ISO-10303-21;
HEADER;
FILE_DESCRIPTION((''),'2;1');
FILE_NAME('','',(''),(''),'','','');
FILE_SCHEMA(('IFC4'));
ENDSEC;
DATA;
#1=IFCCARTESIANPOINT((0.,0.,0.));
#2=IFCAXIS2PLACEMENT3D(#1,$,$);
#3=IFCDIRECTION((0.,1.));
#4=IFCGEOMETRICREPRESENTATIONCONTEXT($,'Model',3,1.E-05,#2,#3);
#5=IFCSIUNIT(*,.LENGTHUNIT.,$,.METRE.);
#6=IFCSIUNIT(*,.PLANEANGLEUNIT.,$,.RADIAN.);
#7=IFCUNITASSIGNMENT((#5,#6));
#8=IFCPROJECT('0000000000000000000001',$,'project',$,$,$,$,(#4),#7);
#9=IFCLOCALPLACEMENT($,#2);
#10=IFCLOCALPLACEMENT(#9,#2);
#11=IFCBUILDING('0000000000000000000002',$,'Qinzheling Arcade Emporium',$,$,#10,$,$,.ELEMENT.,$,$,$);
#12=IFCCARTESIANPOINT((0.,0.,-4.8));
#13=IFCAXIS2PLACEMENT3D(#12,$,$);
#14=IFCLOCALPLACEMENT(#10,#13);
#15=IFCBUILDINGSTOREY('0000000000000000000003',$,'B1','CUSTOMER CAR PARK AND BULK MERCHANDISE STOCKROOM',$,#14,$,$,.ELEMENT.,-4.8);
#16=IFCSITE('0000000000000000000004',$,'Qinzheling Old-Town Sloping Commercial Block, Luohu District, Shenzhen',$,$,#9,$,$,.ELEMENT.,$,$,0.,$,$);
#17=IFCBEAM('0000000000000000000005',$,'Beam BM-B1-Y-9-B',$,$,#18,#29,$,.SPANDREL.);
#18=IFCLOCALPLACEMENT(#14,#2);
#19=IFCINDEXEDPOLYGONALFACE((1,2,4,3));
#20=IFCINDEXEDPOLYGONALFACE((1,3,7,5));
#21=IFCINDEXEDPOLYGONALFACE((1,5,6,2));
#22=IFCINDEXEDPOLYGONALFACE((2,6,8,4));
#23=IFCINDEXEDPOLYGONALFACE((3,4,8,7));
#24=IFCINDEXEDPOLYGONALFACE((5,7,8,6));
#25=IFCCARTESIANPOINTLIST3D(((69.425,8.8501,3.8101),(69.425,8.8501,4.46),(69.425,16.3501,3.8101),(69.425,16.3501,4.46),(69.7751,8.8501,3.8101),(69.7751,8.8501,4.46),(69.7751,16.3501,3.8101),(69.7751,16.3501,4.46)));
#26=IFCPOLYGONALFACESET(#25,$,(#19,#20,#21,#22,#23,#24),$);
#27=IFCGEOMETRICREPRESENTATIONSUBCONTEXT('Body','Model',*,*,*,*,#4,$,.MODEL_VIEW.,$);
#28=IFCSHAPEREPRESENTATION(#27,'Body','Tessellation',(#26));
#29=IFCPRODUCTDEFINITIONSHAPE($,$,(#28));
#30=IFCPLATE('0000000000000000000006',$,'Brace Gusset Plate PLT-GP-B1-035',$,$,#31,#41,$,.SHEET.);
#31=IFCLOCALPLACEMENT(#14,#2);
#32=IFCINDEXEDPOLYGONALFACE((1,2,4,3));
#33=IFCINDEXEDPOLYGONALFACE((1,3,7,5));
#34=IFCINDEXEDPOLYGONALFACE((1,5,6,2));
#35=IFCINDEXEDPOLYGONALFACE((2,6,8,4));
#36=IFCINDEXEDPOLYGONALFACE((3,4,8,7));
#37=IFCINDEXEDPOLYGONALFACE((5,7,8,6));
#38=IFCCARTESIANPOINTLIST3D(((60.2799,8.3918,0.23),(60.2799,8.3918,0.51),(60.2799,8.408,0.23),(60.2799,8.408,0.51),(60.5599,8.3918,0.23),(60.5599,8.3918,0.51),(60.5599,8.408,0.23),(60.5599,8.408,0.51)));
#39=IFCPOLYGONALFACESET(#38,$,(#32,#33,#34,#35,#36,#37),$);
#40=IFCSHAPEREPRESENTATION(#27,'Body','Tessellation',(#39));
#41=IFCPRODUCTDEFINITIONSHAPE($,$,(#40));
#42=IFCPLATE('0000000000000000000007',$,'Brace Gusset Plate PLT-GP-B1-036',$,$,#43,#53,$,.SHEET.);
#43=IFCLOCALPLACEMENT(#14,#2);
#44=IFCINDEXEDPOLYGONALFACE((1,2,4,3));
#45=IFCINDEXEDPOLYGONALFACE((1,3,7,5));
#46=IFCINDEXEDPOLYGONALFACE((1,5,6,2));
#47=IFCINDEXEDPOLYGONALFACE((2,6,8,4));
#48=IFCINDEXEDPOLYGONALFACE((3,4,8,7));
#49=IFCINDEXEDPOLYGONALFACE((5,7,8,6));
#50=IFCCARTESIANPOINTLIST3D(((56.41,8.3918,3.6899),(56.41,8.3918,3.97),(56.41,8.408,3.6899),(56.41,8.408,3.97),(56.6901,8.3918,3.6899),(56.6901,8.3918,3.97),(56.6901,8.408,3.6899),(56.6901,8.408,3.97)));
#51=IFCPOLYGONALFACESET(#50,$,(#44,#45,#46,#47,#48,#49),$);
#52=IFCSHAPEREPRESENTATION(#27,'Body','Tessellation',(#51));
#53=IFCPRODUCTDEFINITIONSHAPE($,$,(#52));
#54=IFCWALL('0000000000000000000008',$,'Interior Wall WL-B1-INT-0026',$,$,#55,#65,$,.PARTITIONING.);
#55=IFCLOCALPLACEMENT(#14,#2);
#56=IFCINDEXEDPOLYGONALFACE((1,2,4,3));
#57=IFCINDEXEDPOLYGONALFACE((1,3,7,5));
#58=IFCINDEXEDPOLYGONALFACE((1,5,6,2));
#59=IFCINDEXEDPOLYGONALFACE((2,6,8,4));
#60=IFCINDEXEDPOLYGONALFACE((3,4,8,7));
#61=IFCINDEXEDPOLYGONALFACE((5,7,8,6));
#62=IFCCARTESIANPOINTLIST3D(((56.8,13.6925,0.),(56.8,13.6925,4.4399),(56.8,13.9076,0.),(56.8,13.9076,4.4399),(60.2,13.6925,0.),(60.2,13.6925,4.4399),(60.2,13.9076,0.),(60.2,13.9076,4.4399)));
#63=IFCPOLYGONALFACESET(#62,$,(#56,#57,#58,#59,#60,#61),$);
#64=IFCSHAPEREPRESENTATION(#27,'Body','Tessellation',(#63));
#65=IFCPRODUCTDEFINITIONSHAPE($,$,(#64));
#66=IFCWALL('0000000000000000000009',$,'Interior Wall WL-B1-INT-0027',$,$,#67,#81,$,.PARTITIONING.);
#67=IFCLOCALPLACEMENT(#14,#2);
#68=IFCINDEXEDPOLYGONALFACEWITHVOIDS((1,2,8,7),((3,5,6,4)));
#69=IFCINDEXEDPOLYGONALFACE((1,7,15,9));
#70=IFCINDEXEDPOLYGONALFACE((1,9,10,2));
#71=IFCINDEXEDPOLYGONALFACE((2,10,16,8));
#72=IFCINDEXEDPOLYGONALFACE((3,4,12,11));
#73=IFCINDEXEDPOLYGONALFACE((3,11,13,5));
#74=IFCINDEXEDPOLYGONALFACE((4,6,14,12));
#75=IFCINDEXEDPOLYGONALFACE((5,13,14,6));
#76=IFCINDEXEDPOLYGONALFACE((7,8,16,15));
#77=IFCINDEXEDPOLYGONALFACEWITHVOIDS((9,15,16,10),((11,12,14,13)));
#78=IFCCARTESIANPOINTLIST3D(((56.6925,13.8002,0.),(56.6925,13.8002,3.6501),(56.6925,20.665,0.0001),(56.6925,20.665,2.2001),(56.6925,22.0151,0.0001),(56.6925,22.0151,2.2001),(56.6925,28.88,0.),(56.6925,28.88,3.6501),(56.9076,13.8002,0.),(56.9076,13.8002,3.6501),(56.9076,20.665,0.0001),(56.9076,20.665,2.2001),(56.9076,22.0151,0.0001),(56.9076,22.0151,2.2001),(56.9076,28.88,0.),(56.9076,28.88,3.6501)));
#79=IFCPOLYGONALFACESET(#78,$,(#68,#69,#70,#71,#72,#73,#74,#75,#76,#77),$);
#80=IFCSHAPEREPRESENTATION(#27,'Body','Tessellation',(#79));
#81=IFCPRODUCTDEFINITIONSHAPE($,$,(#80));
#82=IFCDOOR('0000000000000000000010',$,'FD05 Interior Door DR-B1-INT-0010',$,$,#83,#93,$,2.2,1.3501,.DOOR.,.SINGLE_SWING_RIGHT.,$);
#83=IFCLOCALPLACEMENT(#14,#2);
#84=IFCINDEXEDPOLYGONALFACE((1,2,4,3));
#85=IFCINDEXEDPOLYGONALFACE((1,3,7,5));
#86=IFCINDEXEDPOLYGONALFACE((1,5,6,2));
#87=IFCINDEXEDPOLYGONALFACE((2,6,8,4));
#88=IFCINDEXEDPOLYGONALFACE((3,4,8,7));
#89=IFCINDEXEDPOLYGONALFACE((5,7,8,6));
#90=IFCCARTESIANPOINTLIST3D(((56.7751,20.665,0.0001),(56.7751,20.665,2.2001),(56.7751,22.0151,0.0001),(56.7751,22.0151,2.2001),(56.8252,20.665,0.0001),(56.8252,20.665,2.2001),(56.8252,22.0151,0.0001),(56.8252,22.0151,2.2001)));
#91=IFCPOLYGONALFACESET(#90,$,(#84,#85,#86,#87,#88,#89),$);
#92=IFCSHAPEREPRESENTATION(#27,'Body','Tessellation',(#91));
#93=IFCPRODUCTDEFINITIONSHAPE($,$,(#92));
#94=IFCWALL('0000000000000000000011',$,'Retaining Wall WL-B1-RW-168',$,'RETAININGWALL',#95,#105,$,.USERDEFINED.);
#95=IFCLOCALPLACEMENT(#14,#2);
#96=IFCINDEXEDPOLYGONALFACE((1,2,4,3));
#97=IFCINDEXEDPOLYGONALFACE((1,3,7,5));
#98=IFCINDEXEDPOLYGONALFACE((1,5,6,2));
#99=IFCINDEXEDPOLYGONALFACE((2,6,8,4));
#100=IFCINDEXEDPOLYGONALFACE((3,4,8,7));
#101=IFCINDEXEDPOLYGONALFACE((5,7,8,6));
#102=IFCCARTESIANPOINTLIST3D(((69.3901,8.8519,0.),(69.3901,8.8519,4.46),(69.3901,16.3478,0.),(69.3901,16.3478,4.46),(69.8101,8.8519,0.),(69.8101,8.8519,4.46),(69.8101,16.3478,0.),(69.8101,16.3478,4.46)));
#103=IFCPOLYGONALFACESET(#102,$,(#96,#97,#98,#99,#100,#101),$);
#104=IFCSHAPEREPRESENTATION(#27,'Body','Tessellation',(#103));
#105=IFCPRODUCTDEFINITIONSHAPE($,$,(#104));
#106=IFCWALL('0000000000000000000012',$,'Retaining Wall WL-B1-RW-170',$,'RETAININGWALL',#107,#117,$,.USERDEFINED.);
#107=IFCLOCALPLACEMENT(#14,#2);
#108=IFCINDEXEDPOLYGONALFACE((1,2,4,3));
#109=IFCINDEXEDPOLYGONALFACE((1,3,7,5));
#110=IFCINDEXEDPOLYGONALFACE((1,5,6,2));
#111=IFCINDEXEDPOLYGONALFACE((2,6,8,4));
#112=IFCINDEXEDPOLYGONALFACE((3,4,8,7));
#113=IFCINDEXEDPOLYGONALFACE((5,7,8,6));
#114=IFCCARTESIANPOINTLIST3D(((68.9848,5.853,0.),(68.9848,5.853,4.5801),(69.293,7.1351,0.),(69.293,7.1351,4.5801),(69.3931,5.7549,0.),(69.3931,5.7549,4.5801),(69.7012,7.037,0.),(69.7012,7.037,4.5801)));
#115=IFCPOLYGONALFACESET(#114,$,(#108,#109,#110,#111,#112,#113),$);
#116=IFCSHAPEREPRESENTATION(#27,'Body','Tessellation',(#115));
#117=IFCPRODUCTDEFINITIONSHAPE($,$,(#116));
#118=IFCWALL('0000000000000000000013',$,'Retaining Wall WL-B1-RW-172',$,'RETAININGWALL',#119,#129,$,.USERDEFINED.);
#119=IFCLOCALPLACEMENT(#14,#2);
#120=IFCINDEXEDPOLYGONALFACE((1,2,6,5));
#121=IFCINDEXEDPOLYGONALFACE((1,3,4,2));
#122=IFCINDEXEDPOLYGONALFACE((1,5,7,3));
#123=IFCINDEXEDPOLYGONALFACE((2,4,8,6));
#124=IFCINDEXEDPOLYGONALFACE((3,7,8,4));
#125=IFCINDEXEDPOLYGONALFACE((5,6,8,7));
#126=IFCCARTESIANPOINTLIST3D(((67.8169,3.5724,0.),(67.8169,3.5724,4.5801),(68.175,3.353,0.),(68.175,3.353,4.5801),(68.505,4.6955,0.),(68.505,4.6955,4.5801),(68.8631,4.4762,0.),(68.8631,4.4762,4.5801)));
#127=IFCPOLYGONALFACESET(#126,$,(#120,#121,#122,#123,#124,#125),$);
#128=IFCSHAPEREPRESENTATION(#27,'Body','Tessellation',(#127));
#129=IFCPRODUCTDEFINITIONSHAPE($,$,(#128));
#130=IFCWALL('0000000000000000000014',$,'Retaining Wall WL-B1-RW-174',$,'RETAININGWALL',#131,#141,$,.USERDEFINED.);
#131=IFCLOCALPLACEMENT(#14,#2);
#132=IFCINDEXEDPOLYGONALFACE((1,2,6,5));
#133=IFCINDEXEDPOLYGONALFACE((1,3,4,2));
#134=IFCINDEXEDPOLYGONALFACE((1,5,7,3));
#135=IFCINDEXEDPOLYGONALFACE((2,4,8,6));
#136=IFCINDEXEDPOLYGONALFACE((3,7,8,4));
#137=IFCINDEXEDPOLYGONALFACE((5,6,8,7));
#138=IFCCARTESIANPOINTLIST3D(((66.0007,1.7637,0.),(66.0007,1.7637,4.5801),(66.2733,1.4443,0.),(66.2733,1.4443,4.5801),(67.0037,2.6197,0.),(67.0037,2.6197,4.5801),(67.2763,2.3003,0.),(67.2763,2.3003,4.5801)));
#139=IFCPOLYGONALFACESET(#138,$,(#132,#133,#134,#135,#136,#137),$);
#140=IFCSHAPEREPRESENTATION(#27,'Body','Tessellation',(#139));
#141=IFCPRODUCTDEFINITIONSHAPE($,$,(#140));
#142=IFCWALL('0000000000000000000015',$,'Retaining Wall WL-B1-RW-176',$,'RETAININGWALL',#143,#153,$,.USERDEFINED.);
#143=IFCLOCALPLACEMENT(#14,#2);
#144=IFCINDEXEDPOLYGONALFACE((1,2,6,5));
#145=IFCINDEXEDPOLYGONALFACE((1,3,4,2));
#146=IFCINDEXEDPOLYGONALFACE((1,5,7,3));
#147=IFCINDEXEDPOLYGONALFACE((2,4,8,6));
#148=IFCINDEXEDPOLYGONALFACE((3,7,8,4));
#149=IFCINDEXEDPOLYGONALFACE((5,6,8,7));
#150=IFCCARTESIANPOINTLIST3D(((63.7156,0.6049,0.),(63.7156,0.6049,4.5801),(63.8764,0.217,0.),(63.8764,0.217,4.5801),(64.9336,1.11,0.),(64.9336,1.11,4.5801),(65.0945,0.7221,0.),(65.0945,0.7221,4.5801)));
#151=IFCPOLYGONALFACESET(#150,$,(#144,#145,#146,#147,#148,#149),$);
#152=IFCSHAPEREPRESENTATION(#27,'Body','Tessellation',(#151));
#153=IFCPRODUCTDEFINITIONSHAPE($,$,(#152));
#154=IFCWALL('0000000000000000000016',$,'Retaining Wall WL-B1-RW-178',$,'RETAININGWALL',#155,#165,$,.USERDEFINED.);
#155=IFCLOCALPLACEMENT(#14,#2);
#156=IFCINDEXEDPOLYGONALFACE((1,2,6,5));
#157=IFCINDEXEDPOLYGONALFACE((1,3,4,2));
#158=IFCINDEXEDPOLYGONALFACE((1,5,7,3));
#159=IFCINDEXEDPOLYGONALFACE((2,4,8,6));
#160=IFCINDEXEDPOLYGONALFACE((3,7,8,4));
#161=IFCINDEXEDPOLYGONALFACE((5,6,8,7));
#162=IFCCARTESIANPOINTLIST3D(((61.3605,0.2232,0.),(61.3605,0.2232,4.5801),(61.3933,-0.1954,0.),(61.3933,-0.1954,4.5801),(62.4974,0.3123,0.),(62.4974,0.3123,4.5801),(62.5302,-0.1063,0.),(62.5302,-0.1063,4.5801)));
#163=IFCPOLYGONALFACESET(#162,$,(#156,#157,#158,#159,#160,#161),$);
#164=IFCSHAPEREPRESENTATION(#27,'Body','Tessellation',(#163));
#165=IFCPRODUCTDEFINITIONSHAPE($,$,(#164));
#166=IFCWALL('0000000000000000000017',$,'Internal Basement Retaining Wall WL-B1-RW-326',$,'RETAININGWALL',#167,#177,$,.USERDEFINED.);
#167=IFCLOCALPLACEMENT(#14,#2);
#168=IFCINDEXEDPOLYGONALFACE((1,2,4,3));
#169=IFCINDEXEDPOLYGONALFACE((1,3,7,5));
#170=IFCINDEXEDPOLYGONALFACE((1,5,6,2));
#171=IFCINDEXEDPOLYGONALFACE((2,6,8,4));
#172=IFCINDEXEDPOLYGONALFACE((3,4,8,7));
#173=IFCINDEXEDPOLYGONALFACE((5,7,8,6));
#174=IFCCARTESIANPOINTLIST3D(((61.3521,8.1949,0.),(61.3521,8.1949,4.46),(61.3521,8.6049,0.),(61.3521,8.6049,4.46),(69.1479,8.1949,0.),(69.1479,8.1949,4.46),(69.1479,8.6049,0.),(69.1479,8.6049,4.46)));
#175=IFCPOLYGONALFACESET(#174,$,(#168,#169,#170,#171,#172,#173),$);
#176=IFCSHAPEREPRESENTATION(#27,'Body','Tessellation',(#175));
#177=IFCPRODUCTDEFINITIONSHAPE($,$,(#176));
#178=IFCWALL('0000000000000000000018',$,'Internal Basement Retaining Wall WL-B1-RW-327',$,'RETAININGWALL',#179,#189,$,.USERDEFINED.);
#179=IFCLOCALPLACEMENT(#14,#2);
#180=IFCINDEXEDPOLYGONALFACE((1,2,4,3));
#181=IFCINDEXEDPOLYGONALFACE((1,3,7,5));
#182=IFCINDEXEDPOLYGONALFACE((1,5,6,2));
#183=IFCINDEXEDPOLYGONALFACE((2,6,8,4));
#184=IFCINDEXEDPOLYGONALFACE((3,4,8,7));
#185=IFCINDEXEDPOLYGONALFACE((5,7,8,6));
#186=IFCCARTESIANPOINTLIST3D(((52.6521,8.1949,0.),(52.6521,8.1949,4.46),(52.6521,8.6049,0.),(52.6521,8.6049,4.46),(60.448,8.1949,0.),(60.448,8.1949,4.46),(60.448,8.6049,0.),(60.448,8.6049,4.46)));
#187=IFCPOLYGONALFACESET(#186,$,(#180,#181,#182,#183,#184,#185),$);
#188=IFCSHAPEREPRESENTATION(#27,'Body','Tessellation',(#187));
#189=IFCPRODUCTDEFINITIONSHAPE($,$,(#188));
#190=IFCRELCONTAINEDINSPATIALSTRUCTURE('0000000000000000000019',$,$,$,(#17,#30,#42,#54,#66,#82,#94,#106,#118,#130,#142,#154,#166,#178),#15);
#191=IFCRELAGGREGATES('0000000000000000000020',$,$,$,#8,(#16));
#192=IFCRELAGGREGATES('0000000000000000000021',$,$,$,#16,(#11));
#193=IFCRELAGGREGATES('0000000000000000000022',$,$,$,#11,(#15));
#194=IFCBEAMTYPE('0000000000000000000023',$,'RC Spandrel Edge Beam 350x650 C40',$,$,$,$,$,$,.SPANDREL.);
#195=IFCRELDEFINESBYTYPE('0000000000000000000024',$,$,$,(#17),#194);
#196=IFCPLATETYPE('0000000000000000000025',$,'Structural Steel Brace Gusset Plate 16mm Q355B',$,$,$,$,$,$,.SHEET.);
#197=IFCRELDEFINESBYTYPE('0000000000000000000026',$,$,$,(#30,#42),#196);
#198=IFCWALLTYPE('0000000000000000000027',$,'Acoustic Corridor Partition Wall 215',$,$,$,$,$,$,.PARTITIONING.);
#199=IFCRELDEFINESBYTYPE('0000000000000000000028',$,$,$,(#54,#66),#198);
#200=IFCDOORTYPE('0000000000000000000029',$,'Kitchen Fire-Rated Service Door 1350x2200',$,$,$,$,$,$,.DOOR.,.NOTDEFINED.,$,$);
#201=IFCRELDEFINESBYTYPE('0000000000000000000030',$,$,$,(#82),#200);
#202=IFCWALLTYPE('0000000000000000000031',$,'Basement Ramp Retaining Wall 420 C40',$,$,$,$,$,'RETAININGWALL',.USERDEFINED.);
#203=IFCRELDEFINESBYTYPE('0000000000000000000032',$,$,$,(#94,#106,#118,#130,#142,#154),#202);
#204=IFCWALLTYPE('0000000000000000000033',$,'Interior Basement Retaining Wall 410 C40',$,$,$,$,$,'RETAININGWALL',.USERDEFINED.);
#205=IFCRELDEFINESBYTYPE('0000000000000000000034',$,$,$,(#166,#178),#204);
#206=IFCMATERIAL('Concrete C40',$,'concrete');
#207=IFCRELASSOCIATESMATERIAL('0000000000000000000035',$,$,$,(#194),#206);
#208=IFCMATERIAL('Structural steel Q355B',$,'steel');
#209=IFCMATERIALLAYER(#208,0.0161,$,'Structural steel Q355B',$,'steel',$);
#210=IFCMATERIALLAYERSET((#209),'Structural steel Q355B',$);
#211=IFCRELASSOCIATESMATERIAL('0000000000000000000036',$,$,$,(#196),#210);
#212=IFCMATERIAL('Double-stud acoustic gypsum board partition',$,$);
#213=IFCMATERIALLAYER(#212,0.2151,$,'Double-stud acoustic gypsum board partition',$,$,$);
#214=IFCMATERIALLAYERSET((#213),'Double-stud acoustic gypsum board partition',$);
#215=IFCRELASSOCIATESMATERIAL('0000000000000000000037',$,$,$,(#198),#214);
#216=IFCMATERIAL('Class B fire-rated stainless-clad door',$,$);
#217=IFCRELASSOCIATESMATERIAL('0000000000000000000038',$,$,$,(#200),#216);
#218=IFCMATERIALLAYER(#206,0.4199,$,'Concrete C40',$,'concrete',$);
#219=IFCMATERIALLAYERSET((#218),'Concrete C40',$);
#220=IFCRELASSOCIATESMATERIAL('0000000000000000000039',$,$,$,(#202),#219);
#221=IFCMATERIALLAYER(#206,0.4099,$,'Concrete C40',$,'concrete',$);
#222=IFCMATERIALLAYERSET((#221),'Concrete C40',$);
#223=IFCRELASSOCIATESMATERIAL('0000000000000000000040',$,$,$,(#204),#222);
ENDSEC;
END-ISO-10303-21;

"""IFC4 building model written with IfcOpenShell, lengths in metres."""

from ifc_helpers import new_model, si_unit, direction, frame, frame_2d, origin, origin_2d, place, context, subcontext, project, spatial, rectangle, extrude, material, layer, layer_set, material_profile, profile_set, type_object, element, fill, save


model = new_model("IFC4")

# Units and contexts
model_context = context("Model", 3, precision=1e-05, world=origin(), true_north=direction((0.0, 1.0)))
body_context = subcontext(model_context, "Body", "Model", "MODEL_VIEW")
ifc_project = project(units=[si_unit("LENGTHUNIT", "METRE"), si_unit("PLANEANGLEUNIT", "RADIAN")], contexts=[model_context])

# Site, building, storey
site_placement = place(None, origin())
site = spatial("IfcSite", under=ifc_project, at=site_placement, Name="Qinzheling Old-Town Sloping Commercial Block, Luohu District, Shenzhen", CompositionType="ELEMENT", RefElevation=0.0)
building_placement = place(site_placement, origin())
building = spatial("IfcBuilding", under=site, at=building_placement, Name="Qinzheling Arcade Emporium", CompositionType="ELEMENT")
storey_placement = place(building_placement, frame((0.0, 0.0, -4.8)))
storey = spatial("IfcBuildingStorey", under=building, at=storey_placement, Name="B1", Description="CUSTOMER CAR PARK AND BULK MERCHANDISE STOCKROOM", CompositionType="ELEMENT", Elevation=-4.8)

# Shared definitions
ifc_material_1 = material(Name="Structural steel Q355B", Category="steel")

# Beam
ifc_material_2 = material(Name="Concrete C40", Category="concrete")
ifc_material_profile_1 = material_profile(ifc_material_2, rectangle(XDim=0.3501, YDim=0.6499, at=origin_2d()), Name="RC 350x650", Category="concrete")
ifc_profile_set_1 = profile_set([ifc_material_profile_1], Name="Concrete C40")
beam_type_1 = type_object("IfcBeamType", Name="RC Spandrel Edge Beam 350x650 C40", PredefinedType="SPANDREL", material=ifc_profile_set_1)
beam_1_placement = place(storey_placement, frame((69.6001, 8.8501, 4.135), z_axis=(0.0, 1.0, 0.0), x_axis=(-1.0, 0.0, 0.0)))
element("IfcBeam", 1, at=beam_1_placement, inside=storey, type_object=beam_type_1, Name="Beam BM-B1-Y-9-B", PredefinedType="SPANDREL", context=body_context, shape_type="SweptSolid", body=[
    extrude(rectangle(XDim=0.3501, YDim=0.6499, at=origin_2d()), origin(), (0.0, 0.0, 1.0), 7.5),
])

# Plates
ifc_layer_1 = layer(ifc_material_1, 0.0161, Name="Structural steel Q355B", Category="steel")
ifc_layer_set_1 = layer_set([ifc_layer_1], Name="Structural steel Q355B")
plate_type = type_object("IfcPlateType", Name="Structural Steel Brace Gusset Plate 16mm Q355B", PredefinedType="SHEET", material=ifc_layer_set_1)
for number, where, z_axis, x_axis, name in (
    (2, (60.4199, 8.3999, 0.23), (0.0, 0.0, 1.0), (1.0, 0.0, 0.0), "Brace Gusset Plate PLT-GP-B1-035"),
    (3, (56.55, 8.3999, 3.6899), (0.0, 0.0, 1.0), (1.0, 0.0, 0.0), "Brace Gusset Plate PLT-GP-B1-036"),
):
    element("IfcPlate", number, at=place(storey_placement, frame(where, z_axis=z_axis, x_axis=x_axis)), inside=storey, type_object=plate_type, Name=name, PredefinedType="SHEET", context=body_context, shape_type="SweptSolid", body=[
        extrude(rectangle(XDim=0.28, YDim=0.0161, at=origin_2d()), origin(), (0.0, 0.0, 1.0), 0.28),
    ])

# Wall
ifc_material_3 = material(Name="Double-stud acoustic gypsum board partition")
ifc_layer_2 = layer(ifc_material_3, 0.2151, Name="Double-stud acoustic gypsum board partition")
ifc_layer_set_2 = layer_set([ifc_layer_2], Name="Double-stud acoustic gypsum board partition")
wall_type_1 = type_object("IfcWallType", Name="Acoustic Corridor Partition Wall 215", PredefinedType="PARTITIONING", material=ifc_layer_set_2)
wall_1_placement = place(storey_placement, frame((60.2, 13.8, 0.0), z_axis=(0.0, 0.0, 1.0), x_axis=(-1.0, 0.0, 0.0)))
element("IfcWall", 4, at=wall_1_placement, inside=storey, type_object=wall_type_1, Name="Interior Wall WL-B1-INT-0026", PredefinedType="PARTITIONING", context=body_context, shape_type="SweptSolid", body=[
    extrude(rectangle(XDim=3.3999, YDim=0.2151, at=frame_2d((1.7, 0.0))), origin(), (0.0, 0.0, 1.0), 4.4399),
])

# Wall, opening, door
wall_2_placement = place(storey_placement, frame((56.8, 13.8, 0.0), z_axis=(0.0, 0.0, 1.0), x_axis=(0.0, 1.0, 0.0)))
wall_2 = element("IfcWall", 5, at=wall_2_placement, inside=storey, type_object=wall_type_1, Name="Interior Wall WL-B1-INT-0027", PredefinedType="PARTITIONING", context=body_context, shape_type="SweptSolid", body=[
    extrude(rectangle(XDim=15.0798, YDim=0.2151, at=frame_2d((7.54, 0.0))), origin(), (0.0, 0.0, 1.0), 3.6501),
])
opening_placement = place(wall_2_placement, frame((6.865, 0.0, 0.0)))
opening = element("IfcOpeningElement", 6, at=opening_placement, cuts=wall_2, PredefinedType="OPENING", context=body_context, shape_type="SweptSolid", body=[
    extrude(rectangle(XDim=1.3501, YDim=2.2, at=frame_2d((0.675, 1.1001))), frame((0.0, 0.1177, 0.0), z_axis=(0.0, -1.0, 0.0), x_axis=(1.0, 0.0, 0.0)), (0.0, 0.0, 1.0), 0.2351),
])
ifc_material_4 = material(Name="Class B fire-rated stainless-clad door")
door_type = type_object("IfcDoorType", Name="Kitchen Fire-Rated Service Door 1350x2200", OperationType="NOTDEFINED", PredefinedType="DOOR", material=ifc_material_4)
door_placement = place(opening_placement, origin())
door = element("IfcDoor", 7, at=door_placement, inside=storey, type_object=door_type, Name="FD05 Interior Door DR-B1-INT-0010", OperationType="SINGLE_SWING_RIGHT", OverallHeight=2.2, OverallWidth=1.3501, PredefinedType="DOOR", context=body_context, shape_type="SweptSolid", body=[
    extrude(rectangle(XDim=1.3501, YDim=2.2, at=frame_2d((0.675, 1.1001))), frame((0.0, 0.0249, 0.0), z_axis=(0.0, -1.0, 0.0), x_axis=(1.0, 0.0, 0.0)), (0.0, 0.0, 1.0), 0.05),
])
fill(opening, door)

# Walls
ifc_layer_3 = layer(ifc_material_2, 0.4199, Name="Concrete C40", Category="concrete")
ifc_layer_set_3 = layer_set([ifc_layer_3], Name="Concrete C40")
wall_type_2 = type_object("IfcWallType", Name="Basement Ramp Retaining Wall 420 C40", ElementType="RETAININGWALL", PredefinedType="USERDEFINED", material=ifc_layer_set_3)
wall_3_placement = place(storey_placement, frame((69.6001, 16.3479, 0.0), z_axis=(0.0, 0.0, 1.0), x_axis=(0.0, -1.0, 0.0)))
element("IfcWall", 8, at=wall_3_placement, inside=storey, type_object=wall_type_2, Name="Retaining Wall WL-B1-RW-168", ObjectType="RETAININGWALL", PredefinedType="USERDEFINED", context=body_context, shape_type="SweptSolid", body=[
    extrude(rectangle(XDim=7.4958, YDim=0.4199, at=frame_2d((3.748, 0.0))), origin(), (0.0, 0.0, 1.0), 4.46),
])
wall_4_placement = place(storey_placement, frame((69.4971, 7.0859, 0.0), z_axis=(0.0, 0.0, 1.0), x_axis=(-0.233681, -0.972313, 0.0)))
element("IfcWall", 9, at=wall_4_placement, inside=storey, type_object=wall_type_2, Name="Retaining Wall WL-B1-RW-170", ObjectType="RETAININGWALL", PredefinedType="USERDEFINED", context=body_context, shape_type="SweptSolid", body=[
    extrude(rectangle(XDim=1.3186, YDim=0.4199, at=frame_2d((0.6592, 0.0))), origin(), (0.0, 0.0, 1.0), 4.5801),
])
wall_5_placement = place(storey_placement, frame((68.6841, 4.5859, 0.0), z_axis=(0.0, 0.0, 1.0), x_axis=(-0.522379, -0.852713, 0.0)))
element("IfcWall", 10, at=wall_5_placement, inside=storey, type_object=wall_type_2, Name="Retaining Wall WL-B1-RW-172", ObjectType="RETAININGWALL", PredefinedType="USERDEFINED", context=body_context, shape_type="SweptSolid", body=[
    extrude(rectangle(XDim=1.3171, YDim=0.4199, at=frame_2d((0.6587, 0.0))), origin(), (0.0, 0.0, 1.0), 4.5801),
])
for number, where, z_axis, x_axis, name in (
    (11, (67.1399, 2.46, 0.0), (0.0, 0.0, 1.0), (-0.76064, -0.649174, 0.0), "Retaining Wall WL-B1-RW-174"),
    (12, (65.0139, 0.916, 0.0), (0.0, 0.0, 1.0), (-0.923717, -0.383077, 0.0), "Retaining Wall WL-B1-RW-176"),
):
    element("IfcWall", number, at=place(storey_placement, frame(where, z_axis=z_axis, x_axis=x_axis)), inside=storey, type_object=wall_type_2, Name=name, ObjectType="RETAININGWALL", PredefinedType="USERDEFINED", context=body_context, shape_type="SweptSolid", body=[
        extrude(rectangle(XDim=1.3186, YDim=0.4199, at=frame_2d((0.6592, 0.0))), origin(), (0.0, 0.0, 1.0), 4.5801),
    ])
wall_6_placement = place(storey_placement, frame((62.5139, 0.103, 0.0), z_axis=(0.0, 0.0, 1.0), x_axis=(-0.996943, -0.078137, 0.0)))
element("IfcWall", 13, at=wall_6_placement, inside=storey, type_object=wall_type_2, Name="Retaining Wall WL-B1-RW-178", ObjectType="RETAININGWALL", PredefinedType="USERDEFINED", context=body_context, shape_type="SweptSolid", body=[
    extrude(rectangle(XDim=1.1404, YDim=0.4199, at=frame_2d((0.5703, 0.0))), origin(), (0.0, 0.0, 1.0), 4.5801),
])
ifc_layer_4 = layer(ifc_material_2, 0.4099, Name="Concrete C40", Category="concrete")
ifc_layer_set_4 = layer_set([ifc_layer_4], Name="Concrete C40")
wall_type_3 = type_object("IfcWallType", Name="Interior Basement Retaining Wall 410 C40", ElementType="RETAININGWALL", PredefinedType="USERDEFINED", material=ifc_layer_set_4)
for number, where, z_axis, x_axis, name in (
    (14, (69.1479, 8.3999, 0.0), (0.0, 0.0, 1.0), (-1.0, 0.0, 0.0), "Internal Basement Retaining Wall WL-B1-RW-326"),
    (15, (60.448, 8.3999, 0.0), (0.0, 0.0, 1.0), (-1.0, 0.0, 0.0), "Internal Basement Retaining Wall WL-B1-RW-327"),
):
    element("IfcWall", number, at=place(storey_placement, frame(where, z_axis=z_axis, x_axis=x_axis)), inside=storey, type_object=wall_type_3, Name=name, ObjectType="RETAININGWALL", PredefinedType="USERDEFINED", context=body_context, shape_type="SweptSolid", body=[
        extrude(rectangle(XDim=7.7959, YDim=0.4099, at=frame_2d((3.8979, 0.0))), origin(), (0.0, 0.0, 1.0), 4.46),
    ])

save(model, "model.ifc")
